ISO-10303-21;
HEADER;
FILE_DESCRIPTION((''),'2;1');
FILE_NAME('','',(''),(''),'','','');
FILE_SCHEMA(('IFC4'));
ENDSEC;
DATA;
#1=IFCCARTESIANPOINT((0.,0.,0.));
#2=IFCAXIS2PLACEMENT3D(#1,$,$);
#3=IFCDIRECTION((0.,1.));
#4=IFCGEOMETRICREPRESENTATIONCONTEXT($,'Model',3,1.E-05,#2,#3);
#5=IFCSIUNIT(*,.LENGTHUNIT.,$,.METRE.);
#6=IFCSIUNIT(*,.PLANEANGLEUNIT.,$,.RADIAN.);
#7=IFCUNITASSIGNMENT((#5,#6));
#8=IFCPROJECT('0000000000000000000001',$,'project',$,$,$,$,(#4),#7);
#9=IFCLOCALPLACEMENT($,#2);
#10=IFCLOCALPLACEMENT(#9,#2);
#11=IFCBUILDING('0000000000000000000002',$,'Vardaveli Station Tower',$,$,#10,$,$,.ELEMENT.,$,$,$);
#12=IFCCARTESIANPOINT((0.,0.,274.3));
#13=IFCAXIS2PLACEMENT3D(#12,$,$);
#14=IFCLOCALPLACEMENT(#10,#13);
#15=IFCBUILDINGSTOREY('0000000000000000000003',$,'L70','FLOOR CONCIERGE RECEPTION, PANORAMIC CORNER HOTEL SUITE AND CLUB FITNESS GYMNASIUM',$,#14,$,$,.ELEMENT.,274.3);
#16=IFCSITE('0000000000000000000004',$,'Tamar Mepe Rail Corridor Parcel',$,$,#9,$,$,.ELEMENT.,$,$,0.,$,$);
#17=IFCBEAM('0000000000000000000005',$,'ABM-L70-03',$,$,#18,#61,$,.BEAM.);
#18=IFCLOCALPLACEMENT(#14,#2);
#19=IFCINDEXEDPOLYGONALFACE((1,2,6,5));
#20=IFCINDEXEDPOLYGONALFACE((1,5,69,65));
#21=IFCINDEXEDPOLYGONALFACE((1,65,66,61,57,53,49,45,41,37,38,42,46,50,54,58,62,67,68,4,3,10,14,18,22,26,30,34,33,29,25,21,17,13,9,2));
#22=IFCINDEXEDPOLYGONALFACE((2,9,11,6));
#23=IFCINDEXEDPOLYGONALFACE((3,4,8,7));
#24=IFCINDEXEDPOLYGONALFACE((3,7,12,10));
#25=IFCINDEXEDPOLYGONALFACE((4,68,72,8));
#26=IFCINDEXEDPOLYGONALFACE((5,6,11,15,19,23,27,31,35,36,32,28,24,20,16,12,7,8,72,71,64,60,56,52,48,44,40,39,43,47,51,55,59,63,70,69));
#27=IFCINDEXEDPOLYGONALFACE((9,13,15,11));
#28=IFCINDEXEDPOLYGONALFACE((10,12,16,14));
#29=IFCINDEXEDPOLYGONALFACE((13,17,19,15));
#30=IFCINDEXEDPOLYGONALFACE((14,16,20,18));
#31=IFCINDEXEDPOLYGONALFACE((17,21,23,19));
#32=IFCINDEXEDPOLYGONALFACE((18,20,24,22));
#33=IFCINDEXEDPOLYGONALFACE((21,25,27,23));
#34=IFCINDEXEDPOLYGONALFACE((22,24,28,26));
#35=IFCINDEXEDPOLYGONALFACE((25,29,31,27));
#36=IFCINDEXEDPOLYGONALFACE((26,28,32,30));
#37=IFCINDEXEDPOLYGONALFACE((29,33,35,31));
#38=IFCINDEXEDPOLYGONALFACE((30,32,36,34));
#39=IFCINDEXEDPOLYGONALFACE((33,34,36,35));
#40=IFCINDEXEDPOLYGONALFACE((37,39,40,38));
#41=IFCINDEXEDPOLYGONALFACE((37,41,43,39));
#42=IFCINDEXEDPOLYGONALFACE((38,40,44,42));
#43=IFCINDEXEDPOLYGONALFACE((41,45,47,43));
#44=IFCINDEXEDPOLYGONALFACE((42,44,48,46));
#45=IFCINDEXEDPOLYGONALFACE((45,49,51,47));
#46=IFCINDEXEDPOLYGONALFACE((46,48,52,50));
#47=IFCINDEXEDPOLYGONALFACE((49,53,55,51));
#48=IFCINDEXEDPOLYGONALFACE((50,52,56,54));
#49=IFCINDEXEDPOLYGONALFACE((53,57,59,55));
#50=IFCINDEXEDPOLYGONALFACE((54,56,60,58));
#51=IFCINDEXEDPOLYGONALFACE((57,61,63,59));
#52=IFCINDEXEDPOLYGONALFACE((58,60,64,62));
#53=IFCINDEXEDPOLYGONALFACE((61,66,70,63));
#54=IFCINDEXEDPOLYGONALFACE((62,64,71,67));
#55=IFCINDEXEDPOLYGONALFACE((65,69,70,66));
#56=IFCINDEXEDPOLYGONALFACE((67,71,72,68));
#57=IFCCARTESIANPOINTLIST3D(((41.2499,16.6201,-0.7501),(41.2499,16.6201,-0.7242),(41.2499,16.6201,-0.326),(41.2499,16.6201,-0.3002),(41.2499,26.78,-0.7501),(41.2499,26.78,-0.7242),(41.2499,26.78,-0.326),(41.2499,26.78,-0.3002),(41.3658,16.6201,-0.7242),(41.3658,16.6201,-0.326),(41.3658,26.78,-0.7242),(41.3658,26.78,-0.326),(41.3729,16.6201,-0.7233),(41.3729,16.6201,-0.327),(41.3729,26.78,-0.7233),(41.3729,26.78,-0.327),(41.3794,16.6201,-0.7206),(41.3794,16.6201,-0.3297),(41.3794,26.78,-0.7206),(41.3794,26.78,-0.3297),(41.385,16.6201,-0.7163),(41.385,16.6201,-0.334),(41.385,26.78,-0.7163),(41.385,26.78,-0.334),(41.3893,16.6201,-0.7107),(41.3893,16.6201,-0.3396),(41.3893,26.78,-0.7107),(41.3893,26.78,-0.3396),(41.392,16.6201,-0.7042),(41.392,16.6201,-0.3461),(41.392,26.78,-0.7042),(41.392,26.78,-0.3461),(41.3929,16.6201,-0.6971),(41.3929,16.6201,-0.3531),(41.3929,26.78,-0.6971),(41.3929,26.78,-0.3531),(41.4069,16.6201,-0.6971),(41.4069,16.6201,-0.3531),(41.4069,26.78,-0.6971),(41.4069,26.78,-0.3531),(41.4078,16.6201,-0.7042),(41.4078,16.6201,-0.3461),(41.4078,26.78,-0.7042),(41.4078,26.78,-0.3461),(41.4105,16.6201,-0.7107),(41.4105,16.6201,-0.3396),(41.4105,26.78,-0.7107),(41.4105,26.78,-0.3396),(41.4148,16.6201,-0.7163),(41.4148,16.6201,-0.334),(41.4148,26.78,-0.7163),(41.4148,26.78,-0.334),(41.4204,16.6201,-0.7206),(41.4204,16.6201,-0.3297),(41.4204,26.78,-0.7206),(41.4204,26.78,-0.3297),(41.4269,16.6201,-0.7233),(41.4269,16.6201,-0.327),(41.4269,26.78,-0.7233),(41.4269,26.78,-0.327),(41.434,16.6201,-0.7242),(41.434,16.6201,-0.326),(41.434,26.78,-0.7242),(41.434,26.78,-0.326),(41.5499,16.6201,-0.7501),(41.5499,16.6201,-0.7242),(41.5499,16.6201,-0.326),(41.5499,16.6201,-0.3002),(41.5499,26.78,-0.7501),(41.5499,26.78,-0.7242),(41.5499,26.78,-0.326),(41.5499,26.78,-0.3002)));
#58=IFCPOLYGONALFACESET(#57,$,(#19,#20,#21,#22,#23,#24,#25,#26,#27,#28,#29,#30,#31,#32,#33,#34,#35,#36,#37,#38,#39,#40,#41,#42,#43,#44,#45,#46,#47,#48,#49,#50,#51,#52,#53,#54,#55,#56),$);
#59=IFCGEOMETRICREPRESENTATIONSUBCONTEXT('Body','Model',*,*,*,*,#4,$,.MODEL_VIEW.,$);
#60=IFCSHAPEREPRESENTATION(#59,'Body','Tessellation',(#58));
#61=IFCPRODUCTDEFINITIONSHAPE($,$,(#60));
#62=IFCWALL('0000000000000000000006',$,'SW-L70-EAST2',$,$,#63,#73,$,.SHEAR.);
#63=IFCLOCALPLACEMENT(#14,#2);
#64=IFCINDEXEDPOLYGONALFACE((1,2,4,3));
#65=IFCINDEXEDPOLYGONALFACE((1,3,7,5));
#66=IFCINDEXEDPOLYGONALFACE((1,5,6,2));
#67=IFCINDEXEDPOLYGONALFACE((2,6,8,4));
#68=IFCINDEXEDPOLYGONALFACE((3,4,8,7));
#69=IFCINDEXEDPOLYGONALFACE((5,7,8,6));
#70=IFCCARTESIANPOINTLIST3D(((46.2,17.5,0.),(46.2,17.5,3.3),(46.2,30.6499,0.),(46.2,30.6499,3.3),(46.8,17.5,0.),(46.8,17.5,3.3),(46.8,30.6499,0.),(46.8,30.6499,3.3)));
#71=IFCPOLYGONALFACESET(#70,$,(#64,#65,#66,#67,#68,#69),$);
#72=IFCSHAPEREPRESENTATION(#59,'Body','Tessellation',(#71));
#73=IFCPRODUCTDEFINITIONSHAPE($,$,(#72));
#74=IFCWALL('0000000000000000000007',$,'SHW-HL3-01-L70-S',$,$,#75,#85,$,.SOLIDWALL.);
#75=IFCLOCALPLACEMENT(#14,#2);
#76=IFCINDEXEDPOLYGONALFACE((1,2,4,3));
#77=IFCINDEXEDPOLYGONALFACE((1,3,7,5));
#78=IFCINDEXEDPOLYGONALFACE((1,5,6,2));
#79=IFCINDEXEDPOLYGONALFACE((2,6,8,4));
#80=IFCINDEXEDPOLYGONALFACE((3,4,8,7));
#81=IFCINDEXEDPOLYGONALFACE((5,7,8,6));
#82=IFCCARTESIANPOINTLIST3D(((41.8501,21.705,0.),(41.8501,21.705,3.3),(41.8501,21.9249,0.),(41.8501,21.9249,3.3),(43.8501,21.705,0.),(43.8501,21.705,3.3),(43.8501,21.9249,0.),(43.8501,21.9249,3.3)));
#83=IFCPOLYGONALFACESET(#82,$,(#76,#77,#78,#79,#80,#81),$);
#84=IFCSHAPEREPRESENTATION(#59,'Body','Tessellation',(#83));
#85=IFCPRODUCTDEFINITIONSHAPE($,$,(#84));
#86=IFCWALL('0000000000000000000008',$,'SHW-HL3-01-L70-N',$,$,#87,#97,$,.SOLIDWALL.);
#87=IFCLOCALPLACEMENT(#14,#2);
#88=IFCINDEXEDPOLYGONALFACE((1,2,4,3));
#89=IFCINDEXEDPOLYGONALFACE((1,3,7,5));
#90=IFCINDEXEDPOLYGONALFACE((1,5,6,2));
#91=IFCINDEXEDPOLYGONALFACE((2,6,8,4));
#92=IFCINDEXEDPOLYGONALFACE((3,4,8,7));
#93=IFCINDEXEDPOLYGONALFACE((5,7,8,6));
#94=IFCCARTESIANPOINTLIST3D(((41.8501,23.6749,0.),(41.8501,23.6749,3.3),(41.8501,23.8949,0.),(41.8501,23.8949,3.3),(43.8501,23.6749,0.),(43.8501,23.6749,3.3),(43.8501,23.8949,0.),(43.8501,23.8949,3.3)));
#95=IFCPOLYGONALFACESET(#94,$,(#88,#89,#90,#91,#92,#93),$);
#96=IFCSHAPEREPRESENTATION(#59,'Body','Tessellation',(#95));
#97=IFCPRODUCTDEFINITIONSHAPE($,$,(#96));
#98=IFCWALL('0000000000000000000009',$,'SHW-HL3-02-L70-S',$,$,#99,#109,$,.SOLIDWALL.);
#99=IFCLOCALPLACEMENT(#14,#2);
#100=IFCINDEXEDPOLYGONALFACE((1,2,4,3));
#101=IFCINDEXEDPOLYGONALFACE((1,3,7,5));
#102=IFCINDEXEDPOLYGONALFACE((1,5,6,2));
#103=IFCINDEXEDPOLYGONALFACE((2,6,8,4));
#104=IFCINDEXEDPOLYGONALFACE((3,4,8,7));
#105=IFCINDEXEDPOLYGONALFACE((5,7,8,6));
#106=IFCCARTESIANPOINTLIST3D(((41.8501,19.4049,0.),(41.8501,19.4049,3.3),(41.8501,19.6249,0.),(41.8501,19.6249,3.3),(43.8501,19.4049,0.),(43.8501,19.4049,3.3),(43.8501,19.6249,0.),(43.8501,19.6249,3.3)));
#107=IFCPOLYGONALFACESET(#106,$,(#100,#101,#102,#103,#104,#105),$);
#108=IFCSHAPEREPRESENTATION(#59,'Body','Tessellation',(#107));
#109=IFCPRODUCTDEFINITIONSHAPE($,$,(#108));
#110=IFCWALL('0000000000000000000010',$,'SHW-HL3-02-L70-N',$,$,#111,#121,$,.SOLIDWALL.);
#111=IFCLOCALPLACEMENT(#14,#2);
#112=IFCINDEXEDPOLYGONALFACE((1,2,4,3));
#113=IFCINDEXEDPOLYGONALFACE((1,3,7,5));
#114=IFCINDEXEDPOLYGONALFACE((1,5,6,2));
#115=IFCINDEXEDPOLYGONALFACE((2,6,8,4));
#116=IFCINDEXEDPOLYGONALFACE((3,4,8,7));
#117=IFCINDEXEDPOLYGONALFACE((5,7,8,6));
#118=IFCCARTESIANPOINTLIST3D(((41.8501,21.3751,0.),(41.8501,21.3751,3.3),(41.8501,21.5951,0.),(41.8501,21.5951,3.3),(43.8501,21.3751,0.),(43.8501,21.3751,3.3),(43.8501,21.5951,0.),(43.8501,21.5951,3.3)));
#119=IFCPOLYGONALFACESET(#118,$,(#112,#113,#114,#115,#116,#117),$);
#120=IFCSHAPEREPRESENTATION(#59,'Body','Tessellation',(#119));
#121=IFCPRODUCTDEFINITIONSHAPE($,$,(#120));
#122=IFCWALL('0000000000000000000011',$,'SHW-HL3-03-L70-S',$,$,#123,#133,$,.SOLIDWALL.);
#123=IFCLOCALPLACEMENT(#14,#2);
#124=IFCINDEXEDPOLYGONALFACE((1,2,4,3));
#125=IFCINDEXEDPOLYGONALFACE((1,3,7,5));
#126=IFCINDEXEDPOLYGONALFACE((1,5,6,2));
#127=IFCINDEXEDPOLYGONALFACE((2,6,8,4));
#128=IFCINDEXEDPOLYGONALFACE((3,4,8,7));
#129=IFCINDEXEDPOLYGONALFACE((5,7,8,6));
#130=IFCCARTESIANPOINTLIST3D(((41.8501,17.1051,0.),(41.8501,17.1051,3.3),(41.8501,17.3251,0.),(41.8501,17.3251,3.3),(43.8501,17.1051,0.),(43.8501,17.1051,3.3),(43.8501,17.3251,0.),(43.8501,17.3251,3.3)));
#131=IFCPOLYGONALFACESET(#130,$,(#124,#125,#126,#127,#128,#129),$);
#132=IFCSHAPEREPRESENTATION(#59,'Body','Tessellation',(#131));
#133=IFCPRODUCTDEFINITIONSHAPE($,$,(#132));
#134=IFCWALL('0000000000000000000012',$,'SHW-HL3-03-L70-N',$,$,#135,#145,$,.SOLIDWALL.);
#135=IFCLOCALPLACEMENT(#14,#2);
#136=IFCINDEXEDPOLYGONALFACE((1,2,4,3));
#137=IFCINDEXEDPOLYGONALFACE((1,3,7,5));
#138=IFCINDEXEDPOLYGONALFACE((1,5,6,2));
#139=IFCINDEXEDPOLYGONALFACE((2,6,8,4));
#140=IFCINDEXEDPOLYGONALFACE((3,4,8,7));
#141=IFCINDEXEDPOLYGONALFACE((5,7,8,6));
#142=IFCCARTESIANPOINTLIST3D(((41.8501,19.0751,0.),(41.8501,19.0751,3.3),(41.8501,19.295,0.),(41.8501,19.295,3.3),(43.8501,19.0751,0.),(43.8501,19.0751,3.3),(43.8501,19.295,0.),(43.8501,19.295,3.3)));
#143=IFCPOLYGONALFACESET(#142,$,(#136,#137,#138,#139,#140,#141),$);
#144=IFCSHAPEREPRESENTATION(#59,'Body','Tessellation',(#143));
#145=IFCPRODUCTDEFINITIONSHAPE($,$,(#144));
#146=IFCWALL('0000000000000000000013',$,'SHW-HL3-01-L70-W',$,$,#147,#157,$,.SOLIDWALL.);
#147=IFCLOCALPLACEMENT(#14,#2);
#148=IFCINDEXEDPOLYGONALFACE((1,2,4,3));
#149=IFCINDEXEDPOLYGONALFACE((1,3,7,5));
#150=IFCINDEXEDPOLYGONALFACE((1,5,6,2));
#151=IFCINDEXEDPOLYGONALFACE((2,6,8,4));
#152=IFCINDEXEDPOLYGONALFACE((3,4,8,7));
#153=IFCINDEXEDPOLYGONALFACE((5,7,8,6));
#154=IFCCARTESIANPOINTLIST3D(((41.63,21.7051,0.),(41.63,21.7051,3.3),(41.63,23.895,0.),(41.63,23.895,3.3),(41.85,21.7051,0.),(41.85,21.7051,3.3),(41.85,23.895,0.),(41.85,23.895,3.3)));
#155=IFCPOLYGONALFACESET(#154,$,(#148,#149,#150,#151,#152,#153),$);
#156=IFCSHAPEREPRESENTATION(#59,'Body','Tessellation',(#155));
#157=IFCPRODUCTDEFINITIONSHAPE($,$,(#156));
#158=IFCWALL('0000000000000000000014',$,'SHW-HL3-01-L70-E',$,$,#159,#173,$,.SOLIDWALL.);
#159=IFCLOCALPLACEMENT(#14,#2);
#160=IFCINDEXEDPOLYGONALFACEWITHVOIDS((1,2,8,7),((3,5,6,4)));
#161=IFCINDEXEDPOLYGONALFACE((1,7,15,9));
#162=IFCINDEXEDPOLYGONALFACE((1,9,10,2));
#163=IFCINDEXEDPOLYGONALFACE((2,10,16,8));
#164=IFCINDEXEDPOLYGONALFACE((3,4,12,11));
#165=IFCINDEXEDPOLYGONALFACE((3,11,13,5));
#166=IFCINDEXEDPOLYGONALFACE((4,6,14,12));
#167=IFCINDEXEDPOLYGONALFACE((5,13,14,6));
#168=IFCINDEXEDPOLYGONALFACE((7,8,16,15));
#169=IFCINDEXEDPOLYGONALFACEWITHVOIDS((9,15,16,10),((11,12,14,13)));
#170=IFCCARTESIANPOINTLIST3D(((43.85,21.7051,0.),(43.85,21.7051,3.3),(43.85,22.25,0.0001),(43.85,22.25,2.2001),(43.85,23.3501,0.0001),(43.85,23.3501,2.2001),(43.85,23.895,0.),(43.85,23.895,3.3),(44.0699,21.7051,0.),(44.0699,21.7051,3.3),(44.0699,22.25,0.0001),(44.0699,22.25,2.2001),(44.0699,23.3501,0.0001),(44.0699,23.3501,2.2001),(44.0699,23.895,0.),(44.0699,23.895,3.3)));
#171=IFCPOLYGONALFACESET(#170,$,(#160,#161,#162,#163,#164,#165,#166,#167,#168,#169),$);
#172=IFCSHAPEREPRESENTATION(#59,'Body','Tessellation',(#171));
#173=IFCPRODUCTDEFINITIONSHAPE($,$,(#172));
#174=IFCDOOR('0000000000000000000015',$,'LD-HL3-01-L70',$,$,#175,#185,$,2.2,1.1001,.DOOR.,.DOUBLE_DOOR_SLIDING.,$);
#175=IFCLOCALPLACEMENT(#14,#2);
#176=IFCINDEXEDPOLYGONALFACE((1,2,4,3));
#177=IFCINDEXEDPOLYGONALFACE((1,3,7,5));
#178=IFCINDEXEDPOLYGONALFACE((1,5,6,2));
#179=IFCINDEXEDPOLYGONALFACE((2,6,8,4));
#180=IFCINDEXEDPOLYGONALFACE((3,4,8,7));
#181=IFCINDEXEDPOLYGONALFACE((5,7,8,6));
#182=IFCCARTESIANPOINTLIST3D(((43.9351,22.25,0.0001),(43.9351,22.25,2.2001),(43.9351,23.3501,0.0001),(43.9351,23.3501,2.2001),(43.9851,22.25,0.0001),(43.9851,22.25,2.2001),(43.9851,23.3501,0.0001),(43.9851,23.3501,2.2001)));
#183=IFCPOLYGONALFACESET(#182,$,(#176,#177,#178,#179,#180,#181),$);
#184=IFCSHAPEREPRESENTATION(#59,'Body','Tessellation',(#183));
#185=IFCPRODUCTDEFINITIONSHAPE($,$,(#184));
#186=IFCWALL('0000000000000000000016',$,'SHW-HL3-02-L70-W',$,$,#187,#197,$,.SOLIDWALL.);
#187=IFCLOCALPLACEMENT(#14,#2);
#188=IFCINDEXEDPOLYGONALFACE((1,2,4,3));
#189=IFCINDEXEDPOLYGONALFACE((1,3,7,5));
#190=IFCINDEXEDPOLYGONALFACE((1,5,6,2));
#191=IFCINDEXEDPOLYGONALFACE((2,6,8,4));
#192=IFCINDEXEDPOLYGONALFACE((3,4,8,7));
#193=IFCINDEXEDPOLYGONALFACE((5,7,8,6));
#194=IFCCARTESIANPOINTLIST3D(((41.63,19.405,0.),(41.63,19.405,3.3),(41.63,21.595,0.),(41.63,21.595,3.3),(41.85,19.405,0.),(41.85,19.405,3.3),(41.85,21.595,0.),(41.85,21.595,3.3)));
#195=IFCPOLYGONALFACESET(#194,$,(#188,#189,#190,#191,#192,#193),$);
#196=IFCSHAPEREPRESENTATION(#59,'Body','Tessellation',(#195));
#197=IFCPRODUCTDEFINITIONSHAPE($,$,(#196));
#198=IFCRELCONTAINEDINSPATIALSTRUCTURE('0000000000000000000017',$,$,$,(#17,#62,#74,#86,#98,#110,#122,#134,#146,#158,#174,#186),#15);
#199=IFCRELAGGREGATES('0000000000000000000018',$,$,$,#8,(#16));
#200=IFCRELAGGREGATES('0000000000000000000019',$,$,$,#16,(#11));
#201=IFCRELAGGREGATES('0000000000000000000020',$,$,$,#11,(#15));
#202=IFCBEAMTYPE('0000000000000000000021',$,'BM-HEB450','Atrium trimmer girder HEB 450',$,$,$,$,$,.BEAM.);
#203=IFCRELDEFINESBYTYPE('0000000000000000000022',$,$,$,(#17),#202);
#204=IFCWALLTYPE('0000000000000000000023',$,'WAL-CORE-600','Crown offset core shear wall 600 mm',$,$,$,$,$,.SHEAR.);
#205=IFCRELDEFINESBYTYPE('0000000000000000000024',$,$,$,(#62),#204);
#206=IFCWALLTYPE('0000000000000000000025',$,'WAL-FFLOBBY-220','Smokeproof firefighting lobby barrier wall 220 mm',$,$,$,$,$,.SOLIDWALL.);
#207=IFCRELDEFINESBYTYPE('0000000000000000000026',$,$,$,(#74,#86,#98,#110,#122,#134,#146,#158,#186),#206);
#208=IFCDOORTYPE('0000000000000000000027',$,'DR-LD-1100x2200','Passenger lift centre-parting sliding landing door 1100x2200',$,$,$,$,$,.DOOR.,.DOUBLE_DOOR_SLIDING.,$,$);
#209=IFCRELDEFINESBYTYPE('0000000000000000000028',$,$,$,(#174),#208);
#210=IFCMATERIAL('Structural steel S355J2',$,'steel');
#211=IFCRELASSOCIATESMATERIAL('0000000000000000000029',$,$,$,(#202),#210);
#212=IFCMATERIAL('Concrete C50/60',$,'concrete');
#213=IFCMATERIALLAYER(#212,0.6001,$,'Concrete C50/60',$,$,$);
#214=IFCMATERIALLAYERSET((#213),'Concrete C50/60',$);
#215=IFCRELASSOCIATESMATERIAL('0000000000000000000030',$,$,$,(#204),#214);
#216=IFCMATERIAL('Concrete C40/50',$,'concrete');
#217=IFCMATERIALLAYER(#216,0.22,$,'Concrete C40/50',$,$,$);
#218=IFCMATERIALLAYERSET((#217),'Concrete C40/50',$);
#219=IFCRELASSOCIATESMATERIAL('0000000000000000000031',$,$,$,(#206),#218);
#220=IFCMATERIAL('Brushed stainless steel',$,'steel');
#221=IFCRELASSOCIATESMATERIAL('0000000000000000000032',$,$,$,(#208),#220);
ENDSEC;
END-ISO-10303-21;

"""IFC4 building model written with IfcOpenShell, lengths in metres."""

from ifc_helpers import new_model, si_unit, direction, frame, frame_2d, origin, origin_2d, place, context, subcontext, project, spatial, rectangle, i_section, extrude, source, transform, mapped, material, layer, layer_set, material_profile, profile_set, type_object, element, fill, save


model = new_model("IFC4")

# Units and contexts
model_context = context("Model", 3, precision=1e-05, world=origin(), true_north=direction((0.0, 1.0)))
body_context = subcontext(model_context, "Body", "Model", "MODEL_VIEW")
ifc_project = project(units=[si_unit("LENGTHUNIT", "METRE"), si_unit("PLANEANGLEUNIT", "RADIAN")], contexts=[model_context])

# Site, building, storey
site_placement = place(None, origin())
site = spatial("IfcSite", under=ifc_project, at=site_placement, Name="Tamar Mepe Rail Corridor Parcel", CompositionType="ELEMENT", RefElevation=0.0)
building_placement = place(site_placement, origin())
building = spatial("IfcBuilding", under=site, at=building_placement, Name="Vardaveli Station Tower", CompositionType="ELEMENT")
storey_placement = place(building_placement, frame((0.0, 0.0, 274.3)))
storey = spatial("IfcBuildingStorey", under=building, at=storey_placement, Name="L70", Description="FLOOR CONCIERGE RECEPTION, PANORAMIC CORNER HOTEL SUITE AND CLUB FITNESS GYMNASIUM", CompositionType="ELEMENT", Elevation=274.3)

# Beam
ifc_material_1 = material(Name="Structural steel S355J2", Category="steel")
ifc_material_profile = material_profile(ifc_material_1, i_section(OverallWidth=0.3, OverallDepth=0.45, WebThickness=0.0139, FlangeThickness=0.0259, FilletRadius=0.0271, at=origin_2d()), Name="HEB 450")
ifc_profile_set = profile_set([ifc_material_profile], Name="Structural steel S355J2")
beam_type = type_object("IfcBeamType", Name="BM-HEB450", Description="Atrium trimmer girder HEB 450", PredefinedType="BEAM", material=ifc_profile_set)
shared_shape_1 = source(origin(), body_context, "Body", "SweptSolid", [
    extrude(i_section(OverallWidth=0.3, OverallDepth=0.45, WebThickness=0.0139, FlangeThickness=0.0259, FilletRadius=0.0271, at=origin_2d()), origin(), (0.0, 0.0, 1.0), 10.1599),
])
beam_placement = place(storey_placement, frame((41.3999, 16.6201, -0.5251), z_axis=(0.0, 1.0, 0.0), x_axis=(-1.0, 0.0, 0.0)))
element("IfcBeam", 1, at=beam_placement, inside=storey, type_object=beam_type, Name="ABM-L70-03", PredefinedType="BEAM", context=body_context, shape_type="MappedRepresentation", body=[
    mapped(shared_shape_1, transform((0.0, 0.0, 0.0), scale=1.0)),
])

# Walls
ifc_material_2 = material(Name="Concrete C50/60", Category="concrete")
ifc_layer_1 = layer(ifc_material_2, 0.6001, Name="Concrete C50/60")
ifc_layer_set_1 = layer_set([ifc_layer_1], Name="Concrete C50/60")
wall_type_1 = type_object("IfcWallType", Name="WAL-CORE-600", Description="Crown offset core shear wall 600 mm", PredefinedType="SHEAR", material=ifc_layer_set_1)
shared_shape_2 = source(origin(), body_context, "Body", "SweptSolid", [
    extrude(rectangle(XDim=13.1499, YDim=0.6001, at=frame_2d((6.575, 0.0))), origin(), (0.0, 0.0, 1.0), 3.3),
])
wall_1_placement = place(storey_placement, frame((46.5, 17.5, 0.0), z_axis=(0.0, 0.0, 1.0), x_axis=(0.0, 1.0, 0.0)))
element("IfcWall", 2, at=wall_1_placement, inside=storey, type_object=wall_type_1, Name="SW-L70-EAST2", PredefinedType="SHEAR", context=body_context, shape_type="MappedRepresentation", body=[
    mapped(shared_shape_2, transform((0.0, 0.0, 0.0), scale=1.0)),
])
ifc_material_3 = material(Name="Concrete C40/50", Category="concrete")
ifc_layer_2 = layer(ifc_material_3, 0.22, Name="Concrete C40/50")
ifc_layer_set_2 = layer_set([ifc_layer_2], Name="Concrete C40/50")
wall_type_2 = type_object("IfcWallType", Name="WAL-FFLOBBY-220", Description="Smokeproof firefighting lobby barrier wall 220 mm", PredefinedType="SOLIDWALL", material=ifc_layer_set_2)
shared_shape_3 = source(origin(), body_context, "Body", "SweptSolid", [
    extrude(rectangle(XDim=2.0, YDim=0.22, at=frame_2d((1.0, 0.0))), origin(), (0.0, 0.0, 1.0), 3.3),
])
for number, where, z_axis, x_axis, name in (
    (3, (41.8501, 21.8149, 0.0), (0.0, 0.0, 1.0), (1.0, 0.0, 0.0), "SHW-HL3-01-L70-S"),
    (4, (41.8501, 23.7849, 0.0), (0.0, 0.0, 1.0), (1.0, 0.0, 0.0), "SHW-HL3-01-L70-N"),
    (5, (41.8501, 19.5149, 0.0), (0.0, 0.0, 1.0), (1.0, 0.0, 0.0), "SHW-HL3-02-L70-S"),
    (6, (41.8501, 21.4851, 0.0), (0.0, 0.0, 1.0), (1.0, 0.0, 0.0), "SHW-HL3-02-L70-N"),
    (7, (41.8501, 17.2151, 0.0), (0.0, 0.0, 1.0), (1.0, 0.0, 0.0), "SHW-HL3-03-L70-S"),
    (8, (41.8501, 19.1851, 0.0), (0.0, 0.0, 1.0), (1.0, 0.0, 0.0), "SHW-HL3-03-L70-N"),
):
    element("IfcWall", number, at=place(storey_placement, frame(where, z_axis=z_axis, x_axis=x_axis)), inside=storey, type_object=wall_type_2, Name=name, PredefinedType="SOLIDWALL", context=body_context, shape_type="MappedRepresentation", body=[
        mapped(shared_shape_3, transform((0.0, 0.0, 0.0), scale=1.0)),
    ])
shared_shape_4 = source(origin(), body_context, "Body", "SweptSolid", [
    extrude(rectangle(XDim=2.1899, YDim=0.22, at=frame_2d((1.095, 0.0))), origin(), (0.0, 0.0, 1.0), 3.3),
])
wall_2_placement = place(storey_placement, frame((41.74, 21.7051, 0.0), z_axis=(0.0, 0.0, 1.0), x_axis=(0.0, 1.0, 0.0)))
element("IfcWall", 9, at=wall_2_placement, inside=storey, type_object=wall_type_2, Name="SHW-HL3-01-L70-W", PredefinedType="SOLIDWALL", context=body_context, shape_type="MappedRepresentation", body=[
    mapped(shared_shape_4, transform((0.0, 0.0, 0.0), scale=1.0)),
])

# Wall, opening, door
wall_3_placement = place(storey_placement, frame((43.96, 21.7051, 0.0), z_axis=(0.0, 0.0, 1.0), x_axis=(0.0, 1.0, 0.0)))
wall_3 = element("IfcWall", 10, at=wall_3_placement, inside=storey, type_object=wall_type_2, Name="SHW-HL3-01-L70-E", PredefinedType="SOLIDWALL", context=body_context, shape_type="MappedRepresentation", body=[
    mapped(shared_shape_4, transform((0.0, 0.0, 0.0), scale=1.0)),
])
shared_shape_5 = source(origin(), body_context, "Body", "SweptSolid", [
    extrude(rectangle(XDim=1.1001, YDim=2.2, at=frame_2d((0.55, 1.1001))), frame((0.0, 0.1201, 0.0), z_axis=(0.0, -1.0, 0.0), x_axis=(1.0, 0.0, 0.0)), (0.0, 0.0, 1.0), 0.24),
])
opening_1_placement = place(wall_3_placement, frame((0.5449, 0.0, 0.0)))
opening_1 = element("IfcOpeningElement", 11, at=opening_1_placement, cuts=wall_3, PredefinedType="OPENING", context=body_context, shape_type="MappedRepresentation", body=[
    mapped(shared_shape_5, transform((0.0, 0.0, 0.0), scale=1.0)),
])
ifc_material_4 = material(Name="Brushed stainless steel", Category="steel")
door_type = type_object("IfcDoorType", Name="DR-LD-1100x2200", Description="Passenger lift centre-parting sliding landing door 1100x2200", OperationType="DOUBLE_DOOR_SLIDING", PredefinedType="DOOR", material=ifc_material_4)
shared_shape_6 = source(origin(), body_context, "Body", "SweptSolid", [
    extrude(rectangle(XDim=1.1001, YDim=2.2, at=frame_2d((0.55, 1.1001))), frame((0.0, 0.0249, 0.0), z_axis=(0.0, -1.0, 0.0), x_axis=(1.0, 0.0, 0.0)), (0.0, 0.0, 1.0), 0.05),
])
door_1_placement = place(opening_1_placement, origin())
door_1 = element("IfcDoor", 12, at=door_1_placement, inside=storey, type_object=door_type, Name="LD-HL3-01-L70", OperationType="DOUBLE_DOOR_SLIDING", OverallHeight=2.2, OverallWidth=1.1001, PredefinedType="DOOR", context=body_context, shape_type="MappedRepresentation", body=[
    mapped(shared_shape_6, transform((0.0, 0.0, 0.0), scale=1.0)),
])
fill(opening_1, door_1)

# Wall
wall_4_placement = place(storey_placement, frame((41.74, 19.405, 0.0), z_axis=(0.0, 0.0, 1.0), x_axis=(0.0, 1.0, 0.0)))
element("IfcWall", 13, at=wall_4_placement, inside=storey, type_object=wall_type_2, Name="SHW-HL3-02-L70-W", PredefinedType="SOLIDWALL", context=body_context, shape_type="MappedRepresentation", body=[
    mapped(shared_shape_4, transform((0.0, 0.0, 0.0), scale=1.0)),
])

save(model, "model.ifc")
